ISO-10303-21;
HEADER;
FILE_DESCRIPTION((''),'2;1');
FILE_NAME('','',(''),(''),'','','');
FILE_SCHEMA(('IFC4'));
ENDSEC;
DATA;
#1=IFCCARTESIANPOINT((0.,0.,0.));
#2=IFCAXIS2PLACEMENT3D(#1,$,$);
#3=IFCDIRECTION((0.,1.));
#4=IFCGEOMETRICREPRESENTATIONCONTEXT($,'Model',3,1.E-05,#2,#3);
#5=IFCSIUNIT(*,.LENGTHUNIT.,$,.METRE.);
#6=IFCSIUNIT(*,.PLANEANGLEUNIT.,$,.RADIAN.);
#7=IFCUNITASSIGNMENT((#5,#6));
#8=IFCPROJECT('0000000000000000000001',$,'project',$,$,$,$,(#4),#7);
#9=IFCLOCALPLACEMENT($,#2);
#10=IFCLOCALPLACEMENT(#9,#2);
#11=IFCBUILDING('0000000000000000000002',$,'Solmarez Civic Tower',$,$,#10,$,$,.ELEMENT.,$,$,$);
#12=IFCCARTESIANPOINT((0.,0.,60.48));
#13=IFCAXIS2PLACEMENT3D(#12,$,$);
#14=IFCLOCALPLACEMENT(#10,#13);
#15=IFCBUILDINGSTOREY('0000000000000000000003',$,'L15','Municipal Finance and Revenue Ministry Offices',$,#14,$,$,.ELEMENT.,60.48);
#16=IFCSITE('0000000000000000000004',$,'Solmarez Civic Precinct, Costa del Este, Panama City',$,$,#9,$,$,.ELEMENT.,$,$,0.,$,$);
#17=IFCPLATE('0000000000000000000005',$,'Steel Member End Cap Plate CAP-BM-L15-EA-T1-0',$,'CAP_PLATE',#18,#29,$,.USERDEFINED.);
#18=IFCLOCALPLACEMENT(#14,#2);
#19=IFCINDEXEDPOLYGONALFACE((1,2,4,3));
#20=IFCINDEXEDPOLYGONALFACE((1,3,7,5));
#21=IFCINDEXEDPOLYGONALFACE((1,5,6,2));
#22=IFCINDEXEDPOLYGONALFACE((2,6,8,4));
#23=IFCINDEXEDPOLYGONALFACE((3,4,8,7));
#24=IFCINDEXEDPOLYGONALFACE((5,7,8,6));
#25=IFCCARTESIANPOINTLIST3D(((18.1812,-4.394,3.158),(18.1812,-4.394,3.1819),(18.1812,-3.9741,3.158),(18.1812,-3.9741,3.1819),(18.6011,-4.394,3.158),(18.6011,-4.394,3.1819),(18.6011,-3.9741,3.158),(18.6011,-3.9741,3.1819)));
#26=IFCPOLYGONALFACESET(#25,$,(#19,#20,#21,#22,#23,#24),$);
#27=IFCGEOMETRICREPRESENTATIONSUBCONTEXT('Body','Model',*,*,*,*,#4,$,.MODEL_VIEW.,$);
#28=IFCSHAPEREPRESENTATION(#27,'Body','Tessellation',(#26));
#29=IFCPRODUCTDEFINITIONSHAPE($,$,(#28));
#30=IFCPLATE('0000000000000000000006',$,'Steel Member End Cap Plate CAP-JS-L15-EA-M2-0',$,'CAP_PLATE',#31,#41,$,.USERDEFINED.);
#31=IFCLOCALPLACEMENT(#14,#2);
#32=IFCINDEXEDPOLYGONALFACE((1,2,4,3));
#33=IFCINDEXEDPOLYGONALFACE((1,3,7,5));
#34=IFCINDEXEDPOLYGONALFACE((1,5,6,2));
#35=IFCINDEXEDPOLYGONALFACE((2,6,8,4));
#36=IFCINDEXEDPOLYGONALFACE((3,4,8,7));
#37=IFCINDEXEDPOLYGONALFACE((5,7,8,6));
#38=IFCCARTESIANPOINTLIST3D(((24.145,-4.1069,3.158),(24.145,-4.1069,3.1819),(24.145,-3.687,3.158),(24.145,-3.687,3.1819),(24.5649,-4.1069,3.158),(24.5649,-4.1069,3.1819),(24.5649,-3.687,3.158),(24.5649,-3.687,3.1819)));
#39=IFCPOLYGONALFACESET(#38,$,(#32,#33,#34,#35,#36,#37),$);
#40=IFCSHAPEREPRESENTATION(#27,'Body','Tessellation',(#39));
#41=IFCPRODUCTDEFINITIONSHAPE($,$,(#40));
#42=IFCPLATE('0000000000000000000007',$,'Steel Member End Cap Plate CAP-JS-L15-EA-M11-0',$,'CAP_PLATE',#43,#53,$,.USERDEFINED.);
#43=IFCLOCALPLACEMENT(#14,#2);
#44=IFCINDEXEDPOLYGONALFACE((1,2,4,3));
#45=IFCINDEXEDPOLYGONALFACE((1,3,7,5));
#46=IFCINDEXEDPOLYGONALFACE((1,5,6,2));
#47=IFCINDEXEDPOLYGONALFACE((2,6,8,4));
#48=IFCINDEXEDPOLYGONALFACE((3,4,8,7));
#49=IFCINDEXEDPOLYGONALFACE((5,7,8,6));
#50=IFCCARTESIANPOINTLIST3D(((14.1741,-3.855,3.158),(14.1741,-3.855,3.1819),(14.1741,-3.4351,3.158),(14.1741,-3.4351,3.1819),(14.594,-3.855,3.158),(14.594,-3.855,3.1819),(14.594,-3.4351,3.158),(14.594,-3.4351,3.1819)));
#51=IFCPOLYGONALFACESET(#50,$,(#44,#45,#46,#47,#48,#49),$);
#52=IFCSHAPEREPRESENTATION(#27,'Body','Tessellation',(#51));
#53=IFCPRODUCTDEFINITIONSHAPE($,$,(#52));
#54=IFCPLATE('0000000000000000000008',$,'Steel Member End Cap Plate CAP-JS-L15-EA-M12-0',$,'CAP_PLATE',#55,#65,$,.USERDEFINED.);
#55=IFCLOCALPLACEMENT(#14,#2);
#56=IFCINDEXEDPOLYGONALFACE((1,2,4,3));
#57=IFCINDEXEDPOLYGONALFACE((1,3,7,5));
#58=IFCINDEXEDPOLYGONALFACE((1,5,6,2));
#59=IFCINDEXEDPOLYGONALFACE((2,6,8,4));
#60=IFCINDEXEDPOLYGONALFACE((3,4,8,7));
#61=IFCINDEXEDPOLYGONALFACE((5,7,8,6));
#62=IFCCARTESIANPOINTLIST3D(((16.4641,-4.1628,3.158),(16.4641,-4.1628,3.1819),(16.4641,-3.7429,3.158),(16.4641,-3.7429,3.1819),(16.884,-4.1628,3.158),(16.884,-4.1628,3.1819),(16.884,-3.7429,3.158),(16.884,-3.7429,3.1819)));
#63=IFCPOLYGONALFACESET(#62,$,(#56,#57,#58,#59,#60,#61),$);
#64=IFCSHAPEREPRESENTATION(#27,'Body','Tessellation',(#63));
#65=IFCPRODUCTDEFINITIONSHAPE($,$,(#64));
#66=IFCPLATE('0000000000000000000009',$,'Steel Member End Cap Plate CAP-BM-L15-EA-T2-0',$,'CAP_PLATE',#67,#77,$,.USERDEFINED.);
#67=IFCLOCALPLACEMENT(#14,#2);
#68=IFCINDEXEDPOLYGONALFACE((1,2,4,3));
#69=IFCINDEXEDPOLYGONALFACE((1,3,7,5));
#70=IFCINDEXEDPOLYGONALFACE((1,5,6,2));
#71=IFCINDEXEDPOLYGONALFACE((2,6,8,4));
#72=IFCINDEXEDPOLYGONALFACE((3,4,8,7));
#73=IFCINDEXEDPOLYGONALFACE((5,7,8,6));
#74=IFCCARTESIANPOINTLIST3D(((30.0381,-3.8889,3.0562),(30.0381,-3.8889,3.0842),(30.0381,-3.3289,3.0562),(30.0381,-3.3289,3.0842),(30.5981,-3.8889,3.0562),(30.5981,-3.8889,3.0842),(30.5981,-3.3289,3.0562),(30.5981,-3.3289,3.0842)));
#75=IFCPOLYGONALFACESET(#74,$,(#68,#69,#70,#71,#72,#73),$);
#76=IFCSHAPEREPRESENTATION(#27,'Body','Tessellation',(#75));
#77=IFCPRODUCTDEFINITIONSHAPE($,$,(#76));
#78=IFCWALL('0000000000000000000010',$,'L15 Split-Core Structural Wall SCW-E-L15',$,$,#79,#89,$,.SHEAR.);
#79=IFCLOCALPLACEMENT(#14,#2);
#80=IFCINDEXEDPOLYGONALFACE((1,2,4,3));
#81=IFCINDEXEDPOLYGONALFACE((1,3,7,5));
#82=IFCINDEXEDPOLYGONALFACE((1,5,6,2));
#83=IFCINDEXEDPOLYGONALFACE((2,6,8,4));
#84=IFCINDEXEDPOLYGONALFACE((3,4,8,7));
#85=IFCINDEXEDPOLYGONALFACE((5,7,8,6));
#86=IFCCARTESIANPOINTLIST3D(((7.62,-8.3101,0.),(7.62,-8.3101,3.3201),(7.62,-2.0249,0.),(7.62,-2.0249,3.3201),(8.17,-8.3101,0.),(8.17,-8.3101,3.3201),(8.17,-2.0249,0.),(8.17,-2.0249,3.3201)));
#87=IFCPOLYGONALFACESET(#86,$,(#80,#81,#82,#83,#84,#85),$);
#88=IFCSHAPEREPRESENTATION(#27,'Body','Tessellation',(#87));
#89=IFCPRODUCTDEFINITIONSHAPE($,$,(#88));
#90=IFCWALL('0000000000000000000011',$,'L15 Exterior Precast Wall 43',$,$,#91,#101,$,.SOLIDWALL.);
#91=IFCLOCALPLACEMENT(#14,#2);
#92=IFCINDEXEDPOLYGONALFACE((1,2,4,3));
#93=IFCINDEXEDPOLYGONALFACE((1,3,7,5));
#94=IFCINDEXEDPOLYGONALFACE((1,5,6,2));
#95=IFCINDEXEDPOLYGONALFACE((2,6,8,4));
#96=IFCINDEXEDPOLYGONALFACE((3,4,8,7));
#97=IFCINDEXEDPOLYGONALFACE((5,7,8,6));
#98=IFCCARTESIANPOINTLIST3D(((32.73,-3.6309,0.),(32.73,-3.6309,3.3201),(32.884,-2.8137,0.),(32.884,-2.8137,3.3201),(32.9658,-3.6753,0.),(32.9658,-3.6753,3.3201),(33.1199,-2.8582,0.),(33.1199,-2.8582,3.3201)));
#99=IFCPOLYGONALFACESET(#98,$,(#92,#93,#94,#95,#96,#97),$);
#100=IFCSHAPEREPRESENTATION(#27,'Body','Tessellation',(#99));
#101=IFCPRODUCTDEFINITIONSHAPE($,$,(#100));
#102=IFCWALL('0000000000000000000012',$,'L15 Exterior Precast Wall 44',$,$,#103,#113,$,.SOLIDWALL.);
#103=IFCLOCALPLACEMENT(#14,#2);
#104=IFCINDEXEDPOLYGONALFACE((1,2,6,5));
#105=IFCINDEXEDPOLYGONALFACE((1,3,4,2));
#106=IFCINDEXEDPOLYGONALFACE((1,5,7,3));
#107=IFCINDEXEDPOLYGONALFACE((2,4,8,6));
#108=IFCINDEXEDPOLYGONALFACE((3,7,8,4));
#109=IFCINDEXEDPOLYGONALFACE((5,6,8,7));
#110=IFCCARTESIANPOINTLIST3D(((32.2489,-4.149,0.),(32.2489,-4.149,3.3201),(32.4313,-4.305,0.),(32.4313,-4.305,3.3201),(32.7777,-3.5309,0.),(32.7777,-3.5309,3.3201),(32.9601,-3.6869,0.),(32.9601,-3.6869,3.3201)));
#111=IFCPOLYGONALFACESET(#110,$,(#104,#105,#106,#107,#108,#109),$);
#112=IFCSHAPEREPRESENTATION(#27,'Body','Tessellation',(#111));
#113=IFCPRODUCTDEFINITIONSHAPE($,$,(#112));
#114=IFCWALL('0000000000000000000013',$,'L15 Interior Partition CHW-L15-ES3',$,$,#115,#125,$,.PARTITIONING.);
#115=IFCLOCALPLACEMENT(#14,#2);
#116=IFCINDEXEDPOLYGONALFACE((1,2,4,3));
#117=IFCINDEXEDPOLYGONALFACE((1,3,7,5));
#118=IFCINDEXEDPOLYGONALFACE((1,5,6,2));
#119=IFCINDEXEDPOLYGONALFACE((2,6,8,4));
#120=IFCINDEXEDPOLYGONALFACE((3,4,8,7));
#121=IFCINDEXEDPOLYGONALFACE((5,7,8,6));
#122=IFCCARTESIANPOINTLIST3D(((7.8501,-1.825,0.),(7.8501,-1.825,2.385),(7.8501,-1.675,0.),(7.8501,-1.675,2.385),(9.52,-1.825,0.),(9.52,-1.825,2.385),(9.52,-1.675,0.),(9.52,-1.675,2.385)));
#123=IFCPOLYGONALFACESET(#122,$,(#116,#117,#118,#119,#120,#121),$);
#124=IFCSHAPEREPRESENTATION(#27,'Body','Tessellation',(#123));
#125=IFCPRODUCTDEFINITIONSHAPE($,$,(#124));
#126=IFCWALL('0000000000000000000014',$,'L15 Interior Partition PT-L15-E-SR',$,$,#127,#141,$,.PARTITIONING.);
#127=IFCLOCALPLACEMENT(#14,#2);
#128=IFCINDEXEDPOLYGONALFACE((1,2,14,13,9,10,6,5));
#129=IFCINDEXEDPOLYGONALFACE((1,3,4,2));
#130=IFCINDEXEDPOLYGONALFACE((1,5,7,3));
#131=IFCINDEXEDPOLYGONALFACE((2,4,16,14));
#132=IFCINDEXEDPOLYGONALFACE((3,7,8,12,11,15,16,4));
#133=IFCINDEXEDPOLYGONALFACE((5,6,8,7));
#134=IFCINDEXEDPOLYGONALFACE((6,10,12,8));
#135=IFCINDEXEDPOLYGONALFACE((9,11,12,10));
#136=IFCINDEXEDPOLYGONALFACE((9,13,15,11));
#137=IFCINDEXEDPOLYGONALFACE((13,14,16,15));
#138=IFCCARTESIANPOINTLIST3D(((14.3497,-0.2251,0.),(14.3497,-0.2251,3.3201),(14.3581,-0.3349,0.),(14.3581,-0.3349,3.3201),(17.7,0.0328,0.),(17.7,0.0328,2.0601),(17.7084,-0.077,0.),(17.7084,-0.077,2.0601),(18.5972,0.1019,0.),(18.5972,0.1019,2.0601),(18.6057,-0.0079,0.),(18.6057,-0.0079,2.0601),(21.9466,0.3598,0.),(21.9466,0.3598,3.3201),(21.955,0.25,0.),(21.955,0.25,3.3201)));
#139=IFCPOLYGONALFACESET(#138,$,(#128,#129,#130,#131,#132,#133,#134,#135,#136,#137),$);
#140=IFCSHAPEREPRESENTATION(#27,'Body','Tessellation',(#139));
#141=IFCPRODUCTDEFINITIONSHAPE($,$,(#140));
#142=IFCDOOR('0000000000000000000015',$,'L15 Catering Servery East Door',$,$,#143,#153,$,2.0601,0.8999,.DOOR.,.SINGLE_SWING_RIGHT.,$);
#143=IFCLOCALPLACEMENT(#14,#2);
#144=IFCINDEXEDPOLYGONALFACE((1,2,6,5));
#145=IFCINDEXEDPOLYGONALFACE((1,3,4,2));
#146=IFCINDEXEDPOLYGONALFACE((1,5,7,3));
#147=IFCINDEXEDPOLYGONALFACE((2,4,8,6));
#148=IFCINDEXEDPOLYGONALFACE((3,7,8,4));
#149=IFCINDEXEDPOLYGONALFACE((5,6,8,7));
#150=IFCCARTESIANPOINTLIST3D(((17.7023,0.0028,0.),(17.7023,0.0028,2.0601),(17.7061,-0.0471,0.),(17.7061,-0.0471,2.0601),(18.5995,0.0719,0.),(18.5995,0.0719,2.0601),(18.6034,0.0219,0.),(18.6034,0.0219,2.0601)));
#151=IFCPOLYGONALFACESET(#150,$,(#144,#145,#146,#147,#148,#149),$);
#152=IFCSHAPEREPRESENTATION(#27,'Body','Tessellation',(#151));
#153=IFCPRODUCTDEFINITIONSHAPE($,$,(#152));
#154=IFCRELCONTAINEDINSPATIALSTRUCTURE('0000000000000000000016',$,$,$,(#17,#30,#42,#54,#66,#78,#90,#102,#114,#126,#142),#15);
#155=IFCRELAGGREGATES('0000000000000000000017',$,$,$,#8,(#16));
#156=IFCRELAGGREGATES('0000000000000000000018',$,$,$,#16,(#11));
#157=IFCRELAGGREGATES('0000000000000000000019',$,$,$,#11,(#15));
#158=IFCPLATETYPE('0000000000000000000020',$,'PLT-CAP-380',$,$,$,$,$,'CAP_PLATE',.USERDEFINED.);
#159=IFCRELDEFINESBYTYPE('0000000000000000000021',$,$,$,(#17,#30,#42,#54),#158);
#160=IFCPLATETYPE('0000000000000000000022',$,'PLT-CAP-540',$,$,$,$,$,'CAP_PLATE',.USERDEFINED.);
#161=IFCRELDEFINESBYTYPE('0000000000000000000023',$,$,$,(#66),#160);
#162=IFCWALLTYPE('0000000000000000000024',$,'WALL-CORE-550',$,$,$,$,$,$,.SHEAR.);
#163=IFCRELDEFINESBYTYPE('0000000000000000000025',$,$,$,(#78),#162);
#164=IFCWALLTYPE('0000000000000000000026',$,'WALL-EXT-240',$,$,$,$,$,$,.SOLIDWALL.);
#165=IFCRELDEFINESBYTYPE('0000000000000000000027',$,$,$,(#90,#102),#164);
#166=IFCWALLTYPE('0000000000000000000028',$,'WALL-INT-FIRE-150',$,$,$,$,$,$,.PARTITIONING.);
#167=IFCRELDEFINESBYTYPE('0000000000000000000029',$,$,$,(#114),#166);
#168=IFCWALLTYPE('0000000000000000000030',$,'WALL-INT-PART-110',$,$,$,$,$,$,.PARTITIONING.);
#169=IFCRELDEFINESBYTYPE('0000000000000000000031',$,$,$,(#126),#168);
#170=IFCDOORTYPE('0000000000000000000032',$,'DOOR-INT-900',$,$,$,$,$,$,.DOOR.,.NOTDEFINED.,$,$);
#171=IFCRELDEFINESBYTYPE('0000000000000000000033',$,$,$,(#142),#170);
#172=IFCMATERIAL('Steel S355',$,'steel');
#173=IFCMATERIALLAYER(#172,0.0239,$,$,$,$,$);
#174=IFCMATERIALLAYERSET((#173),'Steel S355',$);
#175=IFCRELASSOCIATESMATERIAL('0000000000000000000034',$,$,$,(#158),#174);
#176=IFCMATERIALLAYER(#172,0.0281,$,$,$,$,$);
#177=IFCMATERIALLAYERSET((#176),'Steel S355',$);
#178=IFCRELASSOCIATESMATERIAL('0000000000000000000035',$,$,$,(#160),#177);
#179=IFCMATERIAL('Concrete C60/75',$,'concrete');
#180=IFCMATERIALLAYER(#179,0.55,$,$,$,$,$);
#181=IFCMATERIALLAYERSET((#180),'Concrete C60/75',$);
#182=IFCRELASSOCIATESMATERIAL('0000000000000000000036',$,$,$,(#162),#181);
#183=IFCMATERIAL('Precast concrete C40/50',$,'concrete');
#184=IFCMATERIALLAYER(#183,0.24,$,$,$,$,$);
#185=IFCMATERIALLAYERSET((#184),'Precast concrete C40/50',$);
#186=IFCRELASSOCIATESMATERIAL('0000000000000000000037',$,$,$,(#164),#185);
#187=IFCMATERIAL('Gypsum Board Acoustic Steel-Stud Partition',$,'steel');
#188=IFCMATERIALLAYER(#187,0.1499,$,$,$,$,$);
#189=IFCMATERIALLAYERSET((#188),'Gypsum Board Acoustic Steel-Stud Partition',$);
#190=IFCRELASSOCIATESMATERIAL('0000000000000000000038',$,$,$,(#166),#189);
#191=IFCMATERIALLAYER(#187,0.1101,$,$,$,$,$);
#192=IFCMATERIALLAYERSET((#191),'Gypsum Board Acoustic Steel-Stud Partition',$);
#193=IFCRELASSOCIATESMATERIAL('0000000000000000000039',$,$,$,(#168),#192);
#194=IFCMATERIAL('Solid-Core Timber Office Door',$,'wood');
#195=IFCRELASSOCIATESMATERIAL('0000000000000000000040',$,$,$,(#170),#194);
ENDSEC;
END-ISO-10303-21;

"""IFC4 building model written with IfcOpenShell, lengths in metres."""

from ifc_helpers import new_model, si_unit, direction, frame, frame_2d, origin, origin_2d, place, context, subcontext, project, spatial, rectangle, extrude, material, layer, layer_set, type_object, element, fill, save


model = new_model("IFC4")

# Units and contexts
model_context = context("Model", 3, precision=1e-05, world=origin(), true_north=direction((0.0, 1.0)))
body_context = subcontext(model_context, "Body", "Model", "MODEL_VIEW")
ifc_project = project(units=[si_unit("LENGTHUNIT", "METRE"), si_unit("PLANEANGLEUNIT", "RADIAN")], contexts=[model_context])

# Site, building, storey
site_placement = place(None, origin())
site = spatial("IfcSite", under=ifc_project, at=site_placement, Name="Solmarez Civic Precinct, Costa del Este, Panama City", CompositionType="ELEMENT", RefElevation=0.0)
building_placement = place(site_placement, origin())
building = spatial("IfcBuilding", under=site, at=building_placement, Name="Solmarez Civic Tower", CompositionType="ELEMENT")
storey_placement = place(building_placement, frame((0.0, 0.0, 60.48)))
storey = spatial("IfcBuildingStorey", under=building, at=storey_placement, Name="L15", Description="Municipal Finance and Revenue Ministry Offices", CompositionType="ELEMENT", Elevation=60.48)

# Shared definitions
ifc_material_1 = material(Name="Concrete C60/75", Category="concrete")

# Shared definitions
ifc_material_2 = material(Name="Steel S355", Category="steel")

# Plates
ifc_layer_1 = layer(ifc_material_2, 0.0239)
ifc_layer_set_1 = layer_set([ifc_layer_1], Name="Steel S355")
plate_type_1 = type_object("IfcPlateType", Name="PLT-CAP-380", ElementType="CAP_PLATE", PredefinedType="USERDEFINED", material=ifc_layer_set_1)
for number, where, z_axis, x_axis, name in (
    (1, (18.3911, -4.1841, 3.158), (0.0, 0.0, 1.0), (1.0, 0.0, 0.0), "Steel Member End Cap Plate CAP-BM-L15-EA-T1-0"),
    (2, (24.355, -3.897, 3.158), (0.0, 0.0, 1.0), (1.0, 0.0, 0.0), "Steel Member End Cap Plate CAP-JS-L15-EA-M2-0"),
    (3, (14.384, -3.645, 3.158), (0.0, 0.0, 1.0), (1.0, 0.0, 0.0), "Steel Member End Cap Plate CAP-JS-L15-EA-M11-0"),
    (4, (16.6741, -3.9529, 3.158), (0.0, 0.0, 1.0), (1.0, 0.0, 0.0), "Steel Member End Cap Plate CAP-JS-L15-EA-M12-0"),
):
    element("IfcPlate", number, at=place(storey_placement, frame(where, z_axis=z_axis, x_axis=x_axis)), inside=storey, type_object=plate_type_1, Name=name, ObjectType="CAP_PLATE", PredefinedType="USERDEFINED", context=body_context, shape_type="SweptSolid", body=[
        extrude(rectangle(XDim=0.4199, YDim=0.4199, at=origin_2d()), origin(), (0.0, 0.0, 1.0), 0.0239),
    ])
ifc_layer_2 = layer(ifc_material_2, 0.0281)
ifc_layer_set_2 = layer_set([ifc_layer_2], Name="Steel S355")
plate_type_2 = type_object("IfcPlateType", Name="PLT-CAP-540", ElementType="CAP_PLATE", PredefinedType="USERDEFINED", material=ifc_layer_set_2)
plate_placement = place(storey_placement, frame((30.3181, -3.6089, 3.0562), z_axis=(0.0, 0.0, 1.0), x_axis=(1.0, 0.0, 0.0)))
element("IfcPlate", 5, at=plate_placement, inside=storey, type_object=plate_type_2, Name="Steel Member End Cap Plate CAP-BM-L15-EA-T2-0", ObjectType="CAP_PLATE", PredefinedType="USERDEFINED", context=body_context, shape_type="SweptSolid", body=[
    extrude(rectangle(XDim=0.5601, YDim=0.5601, at=origin_2d()), origin(), (0.0, 0.0, 1.0), 0.0281),
])

# Walls
ifc_layer_3 = layer(ifc_material_1, 0.55)
ifc_layer_set_3 = layer_set([ifc_layer_3], Name="Concrete C60/75")
wall_type_1 = type_object("IfcWallType", Name="WALL-CORE-550", PredefinedType="SHEAR", material=ifc_layer_set_3)
wall_1_placement = place(storey_placement, frame((7.895, -2.0249, 0.0), z_axis=(0.0, 0.0, 1.0), x_axis=(0.0, -1.0, 0.0)))
element("IfcWall", 6, at=wall_1_placement, inside=storey, type_object=wall_type_1, Name="L15 Split-Core Structural Wall SCW-E-L15", PredefinedType="SHEAR", context=body_context, shape_type="SweptSolid", body=[
    extrude(rectangle(XDim=6.2852, YDim=0.55, at=frame_2d((3.1426, 0.0))), origin(), (0.0, 0.0, 1.0), 3.3201),
])
ifc_material_3 = material(Name="Precast concrete C40/50", Category="concrete")
ifc_layer_4 = layer(ifc_material_3, 0.24)
ifc_layer_set_4 = layer_set([ifc_layer_4], Name="Precast concrete C40/50")
wall_type_2 = type_object("IfcWallType", Name="WALL-EXT-240", PredefinedType="SOLIDWALL", material=ifc_layer_set_4)
wall_2_placement = place(storey_placement, frame((33.002, -2.8359, 0.0), z_axis=(0.0, 0.0, 1.0), x_axis=(-0.185263, -0.982689, 0.0)))
element("IfcWall", 7, at=wall_2_placement, inside=storey, type_object=wall_type_2, Name="L15 Exterior Precast Wall 43", PredefinedType="SOLIDWALL", context=body_context, shape_type="SweptSolid", body=[
    extrude(rectangle(XDim=0.8315, YDim=0.24, at=frame_2d((0.4158, 0.0))), origin(), (0.0, 0.0, 1.0), 3.3201),
])
wall_3_placement = place(storey_placement, frame((32.8689, -3.6089, 0.0), z_axis=(0.0, 0.0, 1.0), x_axis=(-0.65005, -0.759892, 0.0)))
element("IfcWall", 8, at=wall_3_placement, inside=storey, type_object=wall_type_2, Name="L15 Exterior Precast Wall 44", PredefinedType="SOLIDWALL", context=body_context, shape_type="SweptSolid", body=[
    extrude(rectangle(XDim=0.8135, YDim=0.24, at=frame_2d((0.4067, 0.0))), origin(), (0.0, 0.0, 1.0), 3.3201),
])
ifc_material_4 = material(Name="Gypsum Board Acoustic Steel-Stud Partition", Category="steel")
ifc_layer_5 = layer(ifc_material_4, 0.1499)
ifc_layer_set_5 = layer_set([ifc_layer_5], Name="Gypsum Board Acoustic Steel-Stud Partition")
wall_type_3 = type_object("IfcWallType", Name="WALL-INT-FIRE-150", PredefinedType="PARTITIONING", material=ifc_layer_set_5)
wall_4_placement = place(storey_placement, frame((7.8501, -1.75, 0.0), z_axis=(0.0, 0.0, 1.0), x_axis=(1.0, 0.0, 0.0)))
element("IfcWall", 9, at=wall_4_placement, inside=storey, type_object=wall_type_3, Name="L15 Interior Partition CHW-L15-ES3", PredefinedType="PARTITIONING", context=body_context, shape_type="SweptSolid", body=[
    extrude(rectangle(XDim=1.6699, YDim=0.1499, at=frame_2d((0.835, 0.0))), origin(), (0.0, 0.0, 1.0), 2.385),
])

# Wall, opening, door
ifc_layer_6 = layer(ifc_material_4, 0.1101)
ifc_layer_set_6 = layer_set([ifc_layer_6], Name="Gypsum Board Acoustic Steel-Stud Partition")
wall_type_4 = type_object("IfcWallType", Name="WALL-INT-PART-110", PredefinedType="PARTITIONING", material=ifc_layer_set_6)
wall_5_placement = place(storey_placement, frame((14.354, -0.28, 0.0), z_axis=(0.0, 0.0, 1.0), x_axis=(0.997049, 0.076772, 0.0)))
wall_5 = element("IfcWall", 10, at=wall_5_placement, inside=storey, type_object=wall_type_4, Name="L15 Interior Partition PT-L15-E-SR", PredefinedType="PARTITIONING", context=body_context, shape_type="SweptSolid", body=[
    extrude(rectangle(XDim=7.6194, YDim=0.1101, at=frame_2d((3.8096, 0.0))), origin(), (0.0, 0.0, 1.0), 3.3201),
])
opening_placement = place(wall_5_placement, frame((3.3601, 0.0, 0.0)))
opening = element("IfcOpeningElement", 11, at=opening_placement, cuts=wall_5, PredefinedType="OPENING", context=body_context, shape_type="SweptSolid", body=[
    extrude(rectangle(XDim=0.8999, YDim=2.0601, at=frame_2d((0.45, 1.03))), frame((0.0, 0.0649, 0.0), z_axis=(0.0, -1.0, 0.0), x_axis=(1.0, 0.0, 0.0)), (0.0, 0.0, 1.0), 0.1301),
])
ifc_material_5 = material(Name="Solid-Core Timber Office Door", Category="wood")
door_type = type_object("IfcDoorType", Name="DOOR-INT-900", OperationType="NOTDEFINED", PredefinedType="DOOR", material=ifc_material_5)
door_placement = place(opening_placement, origin())
door = element("IfcDoor", 12, at=door_placement, inside=storey, type_object=door_type, Name="L15 Catering Servery East Door", OperationType="SINGLE_SWING_RIGHT", OverallHeight=2.0601, OverallWidth=0.8999, PredefinedType="DOOR", context=body_context, shape_type="SweptSolid", body=[
    extrude(rectangle(XDim=0.8999, YDim=2.0601, at=frame_2d((0.45, 1.03))), frame((0.0, 0.0249, 0.0), z_axis=(0.0, -1.0, 0.0), x_axis=(1.0, 0.0, 0.0)), (0.0, 0.0, 1.0), 0.05),
])
fill(opening, door)

save(model, "model.ifc")
